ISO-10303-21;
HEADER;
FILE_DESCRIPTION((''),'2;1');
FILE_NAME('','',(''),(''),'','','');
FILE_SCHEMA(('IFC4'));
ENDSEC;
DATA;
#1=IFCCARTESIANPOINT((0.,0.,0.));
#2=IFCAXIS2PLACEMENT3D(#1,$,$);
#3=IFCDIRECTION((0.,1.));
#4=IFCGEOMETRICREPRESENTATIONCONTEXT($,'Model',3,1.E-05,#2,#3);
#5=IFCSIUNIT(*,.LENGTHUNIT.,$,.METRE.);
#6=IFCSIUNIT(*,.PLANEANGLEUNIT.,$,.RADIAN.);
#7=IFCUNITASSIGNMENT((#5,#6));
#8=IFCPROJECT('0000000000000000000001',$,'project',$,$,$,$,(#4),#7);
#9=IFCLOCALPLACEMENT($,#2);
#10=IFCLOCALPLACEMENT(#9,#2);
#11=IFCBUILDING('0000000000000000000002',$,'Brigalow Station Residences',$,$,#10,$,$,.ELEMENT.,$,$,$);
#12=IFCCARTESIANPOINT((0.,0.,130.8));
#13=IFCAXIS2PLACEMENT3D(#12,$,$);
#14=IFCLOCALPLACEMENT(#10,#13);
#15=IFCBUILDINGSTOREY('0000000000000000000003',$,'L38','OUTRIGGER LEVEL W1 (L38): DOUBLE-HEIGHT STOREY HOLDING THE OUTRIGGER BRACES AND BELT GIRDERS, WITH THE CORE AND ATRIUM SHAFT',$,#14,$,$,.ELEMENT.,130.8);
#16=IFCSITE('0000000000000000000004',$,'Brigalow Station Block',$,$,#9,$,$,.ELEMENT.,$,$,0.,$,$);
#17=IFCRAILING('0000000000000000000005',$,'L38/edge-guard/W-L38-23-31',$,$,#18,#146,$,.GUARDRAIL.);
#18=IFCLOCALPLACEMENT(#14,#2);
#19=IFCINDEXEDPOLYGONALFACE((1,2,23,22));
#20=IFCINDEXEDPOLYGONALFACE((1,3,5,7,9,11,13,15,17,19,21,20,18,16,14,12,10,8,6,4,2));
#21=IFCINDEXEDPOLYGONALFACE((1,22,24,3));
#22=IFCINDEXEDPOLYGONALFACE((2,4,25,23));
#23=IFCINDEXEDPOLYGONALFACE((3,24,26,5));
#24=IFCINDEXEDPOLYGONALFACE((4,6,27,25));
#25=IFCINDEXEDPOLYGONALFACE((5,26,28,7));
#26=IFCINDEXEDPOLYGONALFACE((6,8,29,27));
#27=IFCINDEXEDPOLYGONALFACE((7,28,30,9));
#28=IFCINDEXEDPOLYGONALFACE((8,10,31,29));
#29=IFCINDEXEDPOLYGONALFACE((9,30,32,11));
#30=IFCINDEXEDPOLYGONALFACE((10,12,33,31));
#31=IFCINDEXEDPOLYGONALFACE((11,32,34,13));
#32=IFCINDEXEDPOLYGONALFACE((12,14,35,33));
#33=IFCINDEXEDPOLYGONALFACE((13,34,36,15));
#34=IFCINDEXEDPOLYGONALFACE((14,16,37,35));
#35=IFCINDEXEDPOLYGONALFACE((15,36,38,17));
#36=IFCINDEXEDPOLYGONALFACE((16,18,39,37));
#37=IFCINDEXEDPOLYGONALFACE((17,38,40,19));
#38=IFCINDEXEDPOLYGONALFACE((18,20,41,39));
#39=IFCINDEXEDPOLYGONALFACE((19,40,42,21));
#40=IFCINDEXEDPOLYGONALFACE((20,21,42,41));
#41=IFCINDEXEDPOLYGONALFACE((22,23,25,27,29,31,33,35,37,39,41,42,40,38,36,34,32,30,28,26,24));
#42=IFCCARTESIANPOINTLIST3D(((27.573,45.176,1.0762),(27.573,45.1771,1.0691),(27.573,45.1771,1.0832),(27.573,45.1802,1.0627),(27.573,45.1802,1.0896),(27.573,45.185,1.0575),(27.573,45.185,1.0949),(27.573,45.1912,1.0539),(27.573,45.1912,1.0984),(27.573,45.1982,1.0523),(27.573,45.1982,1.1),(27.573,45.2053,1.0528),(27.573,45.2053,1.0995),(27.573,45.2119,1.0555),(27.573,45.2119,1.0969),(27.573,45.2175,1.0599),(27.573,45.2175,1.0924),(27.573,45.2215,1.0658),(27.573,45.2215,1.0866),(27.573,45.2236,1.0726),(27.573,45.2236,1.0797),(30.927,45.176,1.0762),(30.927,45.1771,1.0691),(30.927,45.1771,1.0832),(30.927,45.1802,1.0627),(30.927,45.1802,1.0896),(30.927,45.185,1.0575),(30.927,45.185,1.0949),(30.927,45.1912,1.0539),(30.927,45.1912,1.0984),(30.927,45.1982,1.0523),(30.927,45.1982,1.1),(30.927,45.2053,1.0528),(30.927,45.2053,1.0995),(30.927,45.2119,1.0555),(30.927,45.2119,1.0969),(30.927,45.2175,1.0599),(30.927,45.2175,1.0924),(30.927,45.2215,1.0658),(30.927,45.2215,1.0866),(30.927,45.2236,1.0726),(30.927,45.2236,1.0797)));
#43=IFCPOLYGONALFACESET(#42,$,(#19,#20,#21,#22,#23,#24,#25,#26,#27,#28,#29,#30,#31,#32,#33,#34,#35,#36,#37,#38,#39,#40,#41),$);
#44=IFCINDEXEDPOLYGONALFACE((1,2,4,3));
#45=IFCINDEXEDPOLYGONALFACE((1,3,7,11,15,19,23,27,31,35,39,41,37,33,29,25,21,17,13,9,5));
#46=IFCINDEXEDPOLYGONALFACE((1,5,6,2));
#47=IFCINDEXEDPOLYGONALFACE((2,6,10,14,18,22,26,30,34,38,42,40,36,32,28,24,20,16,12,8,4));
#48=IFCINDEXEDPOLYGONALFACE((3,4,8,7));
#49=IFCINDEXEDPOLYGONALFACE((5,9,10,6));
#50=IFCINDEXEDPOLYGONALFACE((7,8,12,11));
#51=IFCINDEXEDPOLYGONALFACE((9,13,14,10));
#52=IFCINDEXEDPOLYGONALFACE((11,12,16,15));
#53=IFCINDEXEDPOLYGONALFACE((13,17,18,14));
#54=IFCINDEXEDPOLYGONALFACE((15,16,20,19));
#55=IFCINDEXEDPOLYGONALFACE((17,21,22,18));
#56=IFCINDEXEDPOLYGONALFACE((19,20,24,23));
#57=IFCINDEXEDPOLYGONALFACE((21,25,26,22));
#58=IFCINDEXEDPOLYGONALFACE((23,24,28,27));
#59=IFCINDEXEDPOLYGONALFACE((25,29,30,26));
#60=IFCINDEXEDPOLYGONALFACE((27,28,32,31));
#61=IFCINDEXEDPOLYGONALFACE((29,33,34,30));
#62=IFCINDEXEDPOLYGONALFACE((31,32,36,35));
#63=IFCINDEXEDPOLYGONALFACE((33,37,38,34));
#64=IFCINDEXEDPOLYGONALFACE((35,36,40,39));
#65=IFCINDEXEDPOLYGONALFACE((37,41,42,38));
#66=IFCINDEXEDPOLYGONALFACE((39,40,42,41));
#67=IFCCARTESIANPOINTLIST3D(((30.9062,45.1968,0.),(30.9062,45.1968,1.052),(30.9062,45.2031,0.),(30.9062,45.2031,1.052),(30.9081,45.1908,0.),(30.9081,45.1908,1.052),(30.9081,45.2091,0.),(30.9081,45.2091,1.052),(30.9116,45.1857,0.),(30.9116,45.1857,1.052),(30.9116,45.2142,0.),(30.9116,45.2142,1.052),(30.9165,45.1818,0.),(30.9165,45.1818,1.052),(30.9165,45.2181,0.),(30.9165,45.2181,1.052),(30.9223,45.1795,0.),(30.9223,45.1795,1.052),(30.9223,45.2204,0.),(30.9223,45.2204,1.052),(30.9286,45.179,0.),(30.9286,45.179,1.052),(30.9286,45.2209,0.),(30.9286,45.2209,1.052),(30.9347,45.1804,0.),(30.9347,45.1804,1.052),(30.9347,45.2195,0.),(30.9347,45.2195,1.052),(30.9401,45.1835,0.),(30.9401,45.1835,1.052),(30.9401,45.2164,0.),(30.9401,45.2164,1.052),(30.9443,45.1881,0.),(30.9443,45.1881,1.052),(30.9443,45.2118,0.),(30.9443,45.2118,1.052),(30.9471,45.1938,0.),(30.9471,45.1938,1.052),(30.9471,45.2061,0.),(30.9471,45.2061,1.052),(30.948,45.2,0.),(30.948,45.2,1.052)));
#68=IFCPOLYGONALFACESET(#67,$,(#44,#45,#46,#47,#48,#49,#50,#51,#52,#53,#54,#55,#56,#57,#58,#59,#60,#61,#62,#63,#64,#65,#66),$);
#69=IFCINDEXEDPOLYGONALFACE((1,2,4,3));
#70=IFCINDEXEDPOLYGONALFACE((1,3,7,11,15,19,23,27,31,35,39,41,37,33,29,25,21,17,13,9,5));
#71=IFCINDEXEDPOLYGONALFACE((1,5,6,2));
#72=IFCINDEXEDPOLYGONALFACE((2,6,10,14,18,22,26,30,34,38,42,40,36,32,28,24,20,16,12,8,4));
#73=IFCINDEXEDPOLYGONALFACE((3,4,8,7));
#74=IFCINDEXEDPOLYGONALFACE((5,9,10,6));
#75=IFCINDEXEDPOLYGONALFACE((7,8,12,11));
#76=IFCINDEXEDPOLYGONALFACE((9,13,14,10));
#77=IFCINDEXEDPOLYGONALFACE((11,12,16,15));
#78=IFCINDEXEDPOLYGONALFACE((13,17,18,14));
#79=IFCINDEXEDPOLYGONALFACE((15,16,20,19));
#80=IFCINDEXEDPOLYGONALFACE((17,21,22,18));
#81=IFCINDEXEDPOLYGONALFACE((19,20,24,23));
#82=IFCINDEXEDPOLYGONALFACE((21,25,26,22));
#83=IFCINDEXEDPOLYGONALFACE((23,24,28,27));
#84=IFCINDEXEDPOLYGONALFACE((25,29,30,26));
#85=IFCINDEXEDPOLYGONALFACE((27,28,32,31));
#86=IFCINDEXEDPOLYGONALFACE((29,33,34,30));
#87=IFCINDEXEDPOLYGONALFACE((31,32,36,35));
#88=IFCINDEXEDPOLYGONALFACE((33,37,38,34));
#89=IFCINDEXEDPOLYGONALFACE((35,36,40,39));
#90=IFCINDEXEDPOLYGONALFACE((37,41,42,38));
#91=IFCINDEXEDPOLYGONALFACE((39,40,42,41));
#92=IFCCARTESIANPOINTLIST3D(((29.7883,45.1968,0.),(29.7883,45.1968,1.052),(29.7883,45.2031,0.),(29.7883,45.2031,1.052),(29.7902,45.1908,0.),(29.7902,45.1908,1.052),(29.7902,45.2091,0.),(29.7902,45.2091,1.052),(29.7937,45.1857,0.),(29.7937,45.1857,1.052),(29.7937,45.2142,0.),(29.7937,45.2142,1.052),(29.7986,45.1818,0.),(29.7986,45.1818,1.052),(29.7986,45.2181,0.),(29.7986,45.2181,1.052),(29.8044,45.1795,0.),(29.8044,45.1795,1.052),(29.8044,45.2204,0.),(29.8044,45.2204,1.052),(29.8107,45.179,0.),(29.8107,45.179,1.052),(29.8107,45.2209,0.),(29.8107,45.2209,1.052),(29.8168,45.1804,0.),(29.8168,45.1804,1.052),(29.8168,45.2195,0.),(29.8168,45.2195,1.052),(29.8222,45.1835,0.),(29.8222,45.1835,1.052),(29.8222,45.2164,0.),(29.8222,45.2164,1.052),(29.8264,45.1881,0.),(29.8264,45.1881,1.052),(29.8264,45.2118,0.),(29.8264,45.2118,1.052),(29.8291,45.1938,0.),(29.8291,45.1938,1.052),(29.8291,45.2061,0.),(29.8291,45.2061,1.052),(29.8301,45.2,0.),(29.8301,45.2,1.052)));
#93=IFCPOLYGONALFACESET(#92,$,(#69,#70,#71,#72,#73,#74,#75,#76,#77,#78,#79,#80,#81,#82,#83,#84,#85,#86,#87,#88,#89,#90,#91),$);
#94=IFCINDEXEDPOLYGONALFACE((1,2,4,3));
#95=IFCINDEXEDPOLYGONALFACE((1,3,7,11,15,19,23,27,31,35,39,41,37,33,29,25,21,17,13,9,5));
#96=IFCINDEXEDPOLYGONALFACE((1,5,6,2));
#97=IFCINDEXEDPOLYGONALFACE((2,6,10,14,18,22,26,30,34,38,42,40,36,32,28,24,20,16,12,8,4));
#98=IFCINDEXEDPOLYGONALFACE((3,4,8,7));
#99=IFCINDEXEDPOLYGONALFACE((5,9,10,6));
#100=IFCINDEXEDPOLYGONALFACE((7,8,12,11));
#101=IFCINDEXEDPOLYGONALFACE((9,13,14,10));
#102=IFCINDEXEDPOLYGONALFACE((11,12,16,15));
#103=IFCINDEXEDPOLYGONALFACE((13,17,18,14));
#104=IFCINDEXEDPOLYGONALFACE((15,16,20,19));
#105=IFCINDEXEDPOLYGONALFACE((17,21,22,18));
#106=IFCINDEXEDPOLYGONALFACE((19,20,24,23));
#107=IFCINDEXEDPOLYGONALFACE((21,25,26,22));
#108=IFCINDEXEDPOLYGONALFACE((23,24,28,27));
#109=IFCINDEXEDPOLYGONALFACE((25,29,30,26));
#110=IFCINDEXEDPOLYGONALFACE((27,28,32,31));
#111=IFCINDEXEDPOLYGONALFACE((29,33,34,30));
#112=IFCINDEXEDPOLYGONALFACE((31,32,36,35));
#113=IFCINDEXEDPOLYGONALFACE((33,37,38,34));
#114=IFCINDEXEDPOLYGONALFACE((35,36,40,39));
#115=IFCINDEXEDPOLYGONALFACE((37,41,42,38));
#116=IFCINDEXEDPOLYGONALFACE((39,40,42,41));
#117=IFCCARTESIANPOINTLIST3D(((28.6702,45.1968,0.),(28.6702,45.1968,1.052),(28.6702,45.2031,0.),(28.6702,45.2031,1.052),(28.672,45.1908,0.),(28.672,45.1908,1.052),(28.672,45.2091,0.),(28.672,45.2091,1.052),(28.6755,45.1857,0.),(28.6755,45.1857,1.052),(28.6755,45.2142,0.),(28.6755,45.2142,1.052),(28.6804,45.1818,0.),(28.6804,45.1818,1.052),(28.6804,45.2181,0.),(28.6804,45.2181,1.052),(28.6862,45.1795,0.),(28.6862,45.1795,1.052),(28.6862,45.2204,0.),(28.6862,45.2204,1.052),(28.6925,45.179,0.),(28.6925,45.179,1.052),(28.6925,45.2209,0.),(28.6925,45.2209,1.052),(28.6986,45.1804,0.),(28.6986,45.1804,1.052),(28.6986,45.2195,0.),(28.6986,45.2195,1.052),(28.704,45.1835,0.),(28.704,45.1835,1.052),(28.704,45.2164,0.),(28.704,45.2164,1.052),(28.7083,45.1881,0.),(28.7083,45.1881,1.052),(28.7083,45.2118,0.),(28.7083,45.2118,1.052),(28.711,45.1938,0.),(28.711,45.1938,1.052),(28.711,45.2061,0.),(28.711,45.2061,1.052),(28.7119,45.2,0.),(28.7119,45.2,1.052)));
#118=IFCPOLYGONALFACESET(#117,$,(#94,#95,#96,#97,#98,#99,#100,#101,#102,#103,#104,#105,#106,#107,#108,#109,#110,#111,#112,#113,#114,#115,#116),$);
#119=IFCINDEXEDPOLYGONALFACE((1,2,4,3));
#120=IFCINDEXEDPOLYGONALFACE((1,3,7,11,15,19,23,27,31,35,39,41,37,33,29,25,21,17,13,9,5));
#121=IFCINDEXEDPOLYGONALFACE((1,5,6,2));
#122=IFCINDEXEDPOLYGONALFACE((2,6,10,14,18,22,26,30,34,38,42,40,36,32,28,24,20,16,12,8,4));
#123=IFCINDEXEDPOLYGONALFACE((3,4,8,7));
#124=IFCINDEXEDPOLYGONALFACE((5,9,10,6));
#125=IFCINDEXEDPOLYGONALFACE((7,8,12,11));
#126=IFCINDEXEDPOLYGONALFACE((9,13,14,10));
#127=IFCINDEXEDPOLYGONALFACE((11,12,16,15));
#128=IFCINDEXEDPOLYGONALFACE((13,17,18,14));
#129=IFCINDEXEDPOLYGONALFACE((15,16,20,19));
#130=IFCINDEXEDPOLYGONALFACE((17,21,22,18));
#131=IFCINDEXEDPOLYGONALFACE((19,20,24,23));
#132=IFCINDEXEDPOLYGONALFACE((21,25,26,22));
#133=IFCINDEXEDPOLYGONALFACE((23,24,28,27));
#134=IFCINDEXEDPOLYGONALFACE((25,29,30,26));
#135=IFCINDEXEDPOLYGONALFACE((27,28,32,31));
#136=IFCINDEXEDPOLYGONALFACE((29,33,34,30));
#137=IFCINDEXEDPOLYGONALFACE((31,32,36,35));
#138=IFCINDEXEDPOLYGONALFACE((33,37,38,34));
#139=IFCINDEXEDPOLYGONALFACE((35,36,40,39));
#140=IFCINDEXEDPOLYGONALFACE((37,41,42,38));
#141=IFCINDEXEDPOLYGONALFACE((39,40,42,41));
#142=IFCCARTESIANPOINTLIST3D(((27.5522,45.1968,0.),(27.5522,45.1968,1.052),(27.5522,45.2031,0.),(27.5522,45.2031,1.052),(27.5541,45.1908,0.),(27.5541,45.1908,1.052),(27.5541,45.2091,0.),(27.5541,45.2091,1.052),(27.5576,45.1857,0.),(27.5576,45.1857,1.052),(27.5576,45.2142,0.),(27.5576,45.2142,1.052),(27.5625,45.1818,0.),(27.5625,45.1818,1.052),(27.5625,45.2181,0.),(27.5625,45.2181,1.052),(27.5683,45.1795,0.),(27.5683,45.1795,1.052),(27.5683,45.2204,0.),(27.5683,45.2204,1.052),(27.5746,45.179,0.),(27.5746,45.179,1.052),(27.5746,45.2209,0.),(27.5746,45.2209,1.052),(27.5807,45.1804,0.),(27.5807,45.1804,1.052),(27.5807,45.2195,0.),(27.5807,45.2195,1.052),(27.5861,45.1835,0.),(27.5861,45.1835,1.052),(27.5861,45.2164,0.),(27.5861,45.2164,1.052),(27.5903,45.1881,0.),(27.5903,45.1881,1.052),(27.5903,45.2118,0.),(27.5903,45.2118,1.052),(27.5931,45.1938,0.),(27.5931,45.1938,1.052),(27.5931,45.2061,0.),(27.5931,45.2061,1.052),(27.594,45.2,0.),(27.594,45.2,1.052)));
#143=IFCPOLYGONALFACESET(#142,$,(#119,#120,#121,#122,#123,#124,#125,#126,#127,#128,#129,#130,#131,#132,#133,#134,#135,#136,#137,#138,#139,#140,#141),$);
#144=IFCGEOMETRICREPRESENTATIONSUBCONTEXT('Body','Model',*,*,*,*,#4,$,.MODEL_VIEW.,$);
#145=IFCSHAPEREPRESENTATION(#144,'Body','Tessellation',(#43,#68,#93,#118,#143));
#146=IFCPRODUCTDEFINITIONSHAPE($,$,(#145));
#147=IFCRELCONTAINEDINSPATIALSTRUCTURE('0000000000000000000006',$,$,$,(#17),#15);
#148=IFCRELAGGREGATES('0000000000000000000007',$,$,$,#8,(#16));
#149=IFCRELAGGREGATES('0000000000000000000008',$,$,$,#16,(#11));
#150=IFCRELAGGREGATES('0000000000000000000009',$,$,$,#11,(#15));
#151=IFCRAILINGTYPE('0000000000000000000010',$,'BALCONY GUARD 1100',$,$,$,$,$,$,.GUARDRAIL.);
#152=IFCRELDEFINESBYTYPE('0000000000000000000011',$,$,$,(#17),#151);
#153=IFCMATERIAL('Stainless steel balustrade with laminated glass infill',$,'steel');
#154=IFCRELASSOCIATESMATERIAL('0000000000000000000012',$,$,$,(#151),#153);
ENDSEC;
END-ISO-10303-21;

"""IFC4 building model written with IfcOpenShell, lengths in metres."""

from ifc_helpers import new_model, si_unit, direction, frame, origin, origin_2d, place, context, subcontext, project, spatial, circle, extrude, material, type_object, element, save


model = new_model("IFC4")

# Units and contexts
model_context = context("Model", 3, precision=1e-05, world=origin(), true_north=direction((0.0, 1.0)))
body_context = subcontext(model_context, "Body", "Model", "MODEL_VIEW")
ifc_project = project(units=[si_unit("LENGTHUNIT", "METRE"), si_unit("PLANEANGLEUNIT", "RADIAN")], contexts=[model_context])

# Site, building, storey
site_placement = place(None, origin())
site = spatial("IfcSite", under=ifc_project, at=site_placement, Name="Brigalow Station Block", CompositionType="ELEMENT", RefElevation=0.0)
building_placement = place(site_placement, origin())
building = spatial("IfcBuilding", under=site, at=building_placement, Name="Brigalow Station Residences", CompositionType="ELEMENT")
storey_placement = place(building_placement, frame((0.0, 0.0, 130.8)))
storey = spatial("IfcBuildingStorey", under=building, at=storey_placement, Name="L38", Description="OUTRIGGER LEVEL W1 (L38): DOUBLE-HEIGHT STOREY HOLDING THE OUTRIGGER BRACES AND BELT GIRDERS, WITH THE CORE AND ATRIUM SHAFT", CompositionType="ELEMENT", Elevation=130.8)

# Railing
ifc_material_1 = material(Name="Stainless steel balustrade with laminated glass infill", Category="steel")
railing_type = type_object("IfcRailingType", Name="BALCONY GUARD 1100", PredefinedType="GUARDRAIL", material=ifc_material_1)
for number, where, name in (
    (1, (30.927, 45.2, 0.0), "L38/edge-guard/W-L38-23-31"),
):
    element("IfcRailing", number, at=place(storey_placement, frame(where)), inside=storey, type_object=railing_type, Name=name, PredefinedType="GUARDRAIL", context=body_context, shape_type="SweptSolid", body=[
        extrude(circle(Radius=0.0239, at=origin_2d()), frame((0.0, 0.0, 1.0762), z_axis=(-1.0, 0.0, 0.0), x_axis=(0.0, -1.0, 0.0)), (0.0, 0.0, 1.0), 3.354),
        extrude(circle(Radius=0.021, at=origin_2d()), origin(), (0.0, 0.0, 1.0), 1.052),
        extrude(circle(Radius=0.021, at=origin_2d()), frame((-1.1179, 0.0, 0.0)), (0.0, 0.0, 1.0), 1.052),
        extrude(circle(Radius=0.021, at=origin_2d()), frame((-2.2361, 0.0, 0.0)), (0.0, 0.0, 1.0), 1.052),
        extrude(circle(Radius=0.021, at=origin_2d()), frame((-3.354, 0.0, 0.0)), (0.0, 0.0, 1.0), 1.052),
    ])

save(model, "model.ifc")
